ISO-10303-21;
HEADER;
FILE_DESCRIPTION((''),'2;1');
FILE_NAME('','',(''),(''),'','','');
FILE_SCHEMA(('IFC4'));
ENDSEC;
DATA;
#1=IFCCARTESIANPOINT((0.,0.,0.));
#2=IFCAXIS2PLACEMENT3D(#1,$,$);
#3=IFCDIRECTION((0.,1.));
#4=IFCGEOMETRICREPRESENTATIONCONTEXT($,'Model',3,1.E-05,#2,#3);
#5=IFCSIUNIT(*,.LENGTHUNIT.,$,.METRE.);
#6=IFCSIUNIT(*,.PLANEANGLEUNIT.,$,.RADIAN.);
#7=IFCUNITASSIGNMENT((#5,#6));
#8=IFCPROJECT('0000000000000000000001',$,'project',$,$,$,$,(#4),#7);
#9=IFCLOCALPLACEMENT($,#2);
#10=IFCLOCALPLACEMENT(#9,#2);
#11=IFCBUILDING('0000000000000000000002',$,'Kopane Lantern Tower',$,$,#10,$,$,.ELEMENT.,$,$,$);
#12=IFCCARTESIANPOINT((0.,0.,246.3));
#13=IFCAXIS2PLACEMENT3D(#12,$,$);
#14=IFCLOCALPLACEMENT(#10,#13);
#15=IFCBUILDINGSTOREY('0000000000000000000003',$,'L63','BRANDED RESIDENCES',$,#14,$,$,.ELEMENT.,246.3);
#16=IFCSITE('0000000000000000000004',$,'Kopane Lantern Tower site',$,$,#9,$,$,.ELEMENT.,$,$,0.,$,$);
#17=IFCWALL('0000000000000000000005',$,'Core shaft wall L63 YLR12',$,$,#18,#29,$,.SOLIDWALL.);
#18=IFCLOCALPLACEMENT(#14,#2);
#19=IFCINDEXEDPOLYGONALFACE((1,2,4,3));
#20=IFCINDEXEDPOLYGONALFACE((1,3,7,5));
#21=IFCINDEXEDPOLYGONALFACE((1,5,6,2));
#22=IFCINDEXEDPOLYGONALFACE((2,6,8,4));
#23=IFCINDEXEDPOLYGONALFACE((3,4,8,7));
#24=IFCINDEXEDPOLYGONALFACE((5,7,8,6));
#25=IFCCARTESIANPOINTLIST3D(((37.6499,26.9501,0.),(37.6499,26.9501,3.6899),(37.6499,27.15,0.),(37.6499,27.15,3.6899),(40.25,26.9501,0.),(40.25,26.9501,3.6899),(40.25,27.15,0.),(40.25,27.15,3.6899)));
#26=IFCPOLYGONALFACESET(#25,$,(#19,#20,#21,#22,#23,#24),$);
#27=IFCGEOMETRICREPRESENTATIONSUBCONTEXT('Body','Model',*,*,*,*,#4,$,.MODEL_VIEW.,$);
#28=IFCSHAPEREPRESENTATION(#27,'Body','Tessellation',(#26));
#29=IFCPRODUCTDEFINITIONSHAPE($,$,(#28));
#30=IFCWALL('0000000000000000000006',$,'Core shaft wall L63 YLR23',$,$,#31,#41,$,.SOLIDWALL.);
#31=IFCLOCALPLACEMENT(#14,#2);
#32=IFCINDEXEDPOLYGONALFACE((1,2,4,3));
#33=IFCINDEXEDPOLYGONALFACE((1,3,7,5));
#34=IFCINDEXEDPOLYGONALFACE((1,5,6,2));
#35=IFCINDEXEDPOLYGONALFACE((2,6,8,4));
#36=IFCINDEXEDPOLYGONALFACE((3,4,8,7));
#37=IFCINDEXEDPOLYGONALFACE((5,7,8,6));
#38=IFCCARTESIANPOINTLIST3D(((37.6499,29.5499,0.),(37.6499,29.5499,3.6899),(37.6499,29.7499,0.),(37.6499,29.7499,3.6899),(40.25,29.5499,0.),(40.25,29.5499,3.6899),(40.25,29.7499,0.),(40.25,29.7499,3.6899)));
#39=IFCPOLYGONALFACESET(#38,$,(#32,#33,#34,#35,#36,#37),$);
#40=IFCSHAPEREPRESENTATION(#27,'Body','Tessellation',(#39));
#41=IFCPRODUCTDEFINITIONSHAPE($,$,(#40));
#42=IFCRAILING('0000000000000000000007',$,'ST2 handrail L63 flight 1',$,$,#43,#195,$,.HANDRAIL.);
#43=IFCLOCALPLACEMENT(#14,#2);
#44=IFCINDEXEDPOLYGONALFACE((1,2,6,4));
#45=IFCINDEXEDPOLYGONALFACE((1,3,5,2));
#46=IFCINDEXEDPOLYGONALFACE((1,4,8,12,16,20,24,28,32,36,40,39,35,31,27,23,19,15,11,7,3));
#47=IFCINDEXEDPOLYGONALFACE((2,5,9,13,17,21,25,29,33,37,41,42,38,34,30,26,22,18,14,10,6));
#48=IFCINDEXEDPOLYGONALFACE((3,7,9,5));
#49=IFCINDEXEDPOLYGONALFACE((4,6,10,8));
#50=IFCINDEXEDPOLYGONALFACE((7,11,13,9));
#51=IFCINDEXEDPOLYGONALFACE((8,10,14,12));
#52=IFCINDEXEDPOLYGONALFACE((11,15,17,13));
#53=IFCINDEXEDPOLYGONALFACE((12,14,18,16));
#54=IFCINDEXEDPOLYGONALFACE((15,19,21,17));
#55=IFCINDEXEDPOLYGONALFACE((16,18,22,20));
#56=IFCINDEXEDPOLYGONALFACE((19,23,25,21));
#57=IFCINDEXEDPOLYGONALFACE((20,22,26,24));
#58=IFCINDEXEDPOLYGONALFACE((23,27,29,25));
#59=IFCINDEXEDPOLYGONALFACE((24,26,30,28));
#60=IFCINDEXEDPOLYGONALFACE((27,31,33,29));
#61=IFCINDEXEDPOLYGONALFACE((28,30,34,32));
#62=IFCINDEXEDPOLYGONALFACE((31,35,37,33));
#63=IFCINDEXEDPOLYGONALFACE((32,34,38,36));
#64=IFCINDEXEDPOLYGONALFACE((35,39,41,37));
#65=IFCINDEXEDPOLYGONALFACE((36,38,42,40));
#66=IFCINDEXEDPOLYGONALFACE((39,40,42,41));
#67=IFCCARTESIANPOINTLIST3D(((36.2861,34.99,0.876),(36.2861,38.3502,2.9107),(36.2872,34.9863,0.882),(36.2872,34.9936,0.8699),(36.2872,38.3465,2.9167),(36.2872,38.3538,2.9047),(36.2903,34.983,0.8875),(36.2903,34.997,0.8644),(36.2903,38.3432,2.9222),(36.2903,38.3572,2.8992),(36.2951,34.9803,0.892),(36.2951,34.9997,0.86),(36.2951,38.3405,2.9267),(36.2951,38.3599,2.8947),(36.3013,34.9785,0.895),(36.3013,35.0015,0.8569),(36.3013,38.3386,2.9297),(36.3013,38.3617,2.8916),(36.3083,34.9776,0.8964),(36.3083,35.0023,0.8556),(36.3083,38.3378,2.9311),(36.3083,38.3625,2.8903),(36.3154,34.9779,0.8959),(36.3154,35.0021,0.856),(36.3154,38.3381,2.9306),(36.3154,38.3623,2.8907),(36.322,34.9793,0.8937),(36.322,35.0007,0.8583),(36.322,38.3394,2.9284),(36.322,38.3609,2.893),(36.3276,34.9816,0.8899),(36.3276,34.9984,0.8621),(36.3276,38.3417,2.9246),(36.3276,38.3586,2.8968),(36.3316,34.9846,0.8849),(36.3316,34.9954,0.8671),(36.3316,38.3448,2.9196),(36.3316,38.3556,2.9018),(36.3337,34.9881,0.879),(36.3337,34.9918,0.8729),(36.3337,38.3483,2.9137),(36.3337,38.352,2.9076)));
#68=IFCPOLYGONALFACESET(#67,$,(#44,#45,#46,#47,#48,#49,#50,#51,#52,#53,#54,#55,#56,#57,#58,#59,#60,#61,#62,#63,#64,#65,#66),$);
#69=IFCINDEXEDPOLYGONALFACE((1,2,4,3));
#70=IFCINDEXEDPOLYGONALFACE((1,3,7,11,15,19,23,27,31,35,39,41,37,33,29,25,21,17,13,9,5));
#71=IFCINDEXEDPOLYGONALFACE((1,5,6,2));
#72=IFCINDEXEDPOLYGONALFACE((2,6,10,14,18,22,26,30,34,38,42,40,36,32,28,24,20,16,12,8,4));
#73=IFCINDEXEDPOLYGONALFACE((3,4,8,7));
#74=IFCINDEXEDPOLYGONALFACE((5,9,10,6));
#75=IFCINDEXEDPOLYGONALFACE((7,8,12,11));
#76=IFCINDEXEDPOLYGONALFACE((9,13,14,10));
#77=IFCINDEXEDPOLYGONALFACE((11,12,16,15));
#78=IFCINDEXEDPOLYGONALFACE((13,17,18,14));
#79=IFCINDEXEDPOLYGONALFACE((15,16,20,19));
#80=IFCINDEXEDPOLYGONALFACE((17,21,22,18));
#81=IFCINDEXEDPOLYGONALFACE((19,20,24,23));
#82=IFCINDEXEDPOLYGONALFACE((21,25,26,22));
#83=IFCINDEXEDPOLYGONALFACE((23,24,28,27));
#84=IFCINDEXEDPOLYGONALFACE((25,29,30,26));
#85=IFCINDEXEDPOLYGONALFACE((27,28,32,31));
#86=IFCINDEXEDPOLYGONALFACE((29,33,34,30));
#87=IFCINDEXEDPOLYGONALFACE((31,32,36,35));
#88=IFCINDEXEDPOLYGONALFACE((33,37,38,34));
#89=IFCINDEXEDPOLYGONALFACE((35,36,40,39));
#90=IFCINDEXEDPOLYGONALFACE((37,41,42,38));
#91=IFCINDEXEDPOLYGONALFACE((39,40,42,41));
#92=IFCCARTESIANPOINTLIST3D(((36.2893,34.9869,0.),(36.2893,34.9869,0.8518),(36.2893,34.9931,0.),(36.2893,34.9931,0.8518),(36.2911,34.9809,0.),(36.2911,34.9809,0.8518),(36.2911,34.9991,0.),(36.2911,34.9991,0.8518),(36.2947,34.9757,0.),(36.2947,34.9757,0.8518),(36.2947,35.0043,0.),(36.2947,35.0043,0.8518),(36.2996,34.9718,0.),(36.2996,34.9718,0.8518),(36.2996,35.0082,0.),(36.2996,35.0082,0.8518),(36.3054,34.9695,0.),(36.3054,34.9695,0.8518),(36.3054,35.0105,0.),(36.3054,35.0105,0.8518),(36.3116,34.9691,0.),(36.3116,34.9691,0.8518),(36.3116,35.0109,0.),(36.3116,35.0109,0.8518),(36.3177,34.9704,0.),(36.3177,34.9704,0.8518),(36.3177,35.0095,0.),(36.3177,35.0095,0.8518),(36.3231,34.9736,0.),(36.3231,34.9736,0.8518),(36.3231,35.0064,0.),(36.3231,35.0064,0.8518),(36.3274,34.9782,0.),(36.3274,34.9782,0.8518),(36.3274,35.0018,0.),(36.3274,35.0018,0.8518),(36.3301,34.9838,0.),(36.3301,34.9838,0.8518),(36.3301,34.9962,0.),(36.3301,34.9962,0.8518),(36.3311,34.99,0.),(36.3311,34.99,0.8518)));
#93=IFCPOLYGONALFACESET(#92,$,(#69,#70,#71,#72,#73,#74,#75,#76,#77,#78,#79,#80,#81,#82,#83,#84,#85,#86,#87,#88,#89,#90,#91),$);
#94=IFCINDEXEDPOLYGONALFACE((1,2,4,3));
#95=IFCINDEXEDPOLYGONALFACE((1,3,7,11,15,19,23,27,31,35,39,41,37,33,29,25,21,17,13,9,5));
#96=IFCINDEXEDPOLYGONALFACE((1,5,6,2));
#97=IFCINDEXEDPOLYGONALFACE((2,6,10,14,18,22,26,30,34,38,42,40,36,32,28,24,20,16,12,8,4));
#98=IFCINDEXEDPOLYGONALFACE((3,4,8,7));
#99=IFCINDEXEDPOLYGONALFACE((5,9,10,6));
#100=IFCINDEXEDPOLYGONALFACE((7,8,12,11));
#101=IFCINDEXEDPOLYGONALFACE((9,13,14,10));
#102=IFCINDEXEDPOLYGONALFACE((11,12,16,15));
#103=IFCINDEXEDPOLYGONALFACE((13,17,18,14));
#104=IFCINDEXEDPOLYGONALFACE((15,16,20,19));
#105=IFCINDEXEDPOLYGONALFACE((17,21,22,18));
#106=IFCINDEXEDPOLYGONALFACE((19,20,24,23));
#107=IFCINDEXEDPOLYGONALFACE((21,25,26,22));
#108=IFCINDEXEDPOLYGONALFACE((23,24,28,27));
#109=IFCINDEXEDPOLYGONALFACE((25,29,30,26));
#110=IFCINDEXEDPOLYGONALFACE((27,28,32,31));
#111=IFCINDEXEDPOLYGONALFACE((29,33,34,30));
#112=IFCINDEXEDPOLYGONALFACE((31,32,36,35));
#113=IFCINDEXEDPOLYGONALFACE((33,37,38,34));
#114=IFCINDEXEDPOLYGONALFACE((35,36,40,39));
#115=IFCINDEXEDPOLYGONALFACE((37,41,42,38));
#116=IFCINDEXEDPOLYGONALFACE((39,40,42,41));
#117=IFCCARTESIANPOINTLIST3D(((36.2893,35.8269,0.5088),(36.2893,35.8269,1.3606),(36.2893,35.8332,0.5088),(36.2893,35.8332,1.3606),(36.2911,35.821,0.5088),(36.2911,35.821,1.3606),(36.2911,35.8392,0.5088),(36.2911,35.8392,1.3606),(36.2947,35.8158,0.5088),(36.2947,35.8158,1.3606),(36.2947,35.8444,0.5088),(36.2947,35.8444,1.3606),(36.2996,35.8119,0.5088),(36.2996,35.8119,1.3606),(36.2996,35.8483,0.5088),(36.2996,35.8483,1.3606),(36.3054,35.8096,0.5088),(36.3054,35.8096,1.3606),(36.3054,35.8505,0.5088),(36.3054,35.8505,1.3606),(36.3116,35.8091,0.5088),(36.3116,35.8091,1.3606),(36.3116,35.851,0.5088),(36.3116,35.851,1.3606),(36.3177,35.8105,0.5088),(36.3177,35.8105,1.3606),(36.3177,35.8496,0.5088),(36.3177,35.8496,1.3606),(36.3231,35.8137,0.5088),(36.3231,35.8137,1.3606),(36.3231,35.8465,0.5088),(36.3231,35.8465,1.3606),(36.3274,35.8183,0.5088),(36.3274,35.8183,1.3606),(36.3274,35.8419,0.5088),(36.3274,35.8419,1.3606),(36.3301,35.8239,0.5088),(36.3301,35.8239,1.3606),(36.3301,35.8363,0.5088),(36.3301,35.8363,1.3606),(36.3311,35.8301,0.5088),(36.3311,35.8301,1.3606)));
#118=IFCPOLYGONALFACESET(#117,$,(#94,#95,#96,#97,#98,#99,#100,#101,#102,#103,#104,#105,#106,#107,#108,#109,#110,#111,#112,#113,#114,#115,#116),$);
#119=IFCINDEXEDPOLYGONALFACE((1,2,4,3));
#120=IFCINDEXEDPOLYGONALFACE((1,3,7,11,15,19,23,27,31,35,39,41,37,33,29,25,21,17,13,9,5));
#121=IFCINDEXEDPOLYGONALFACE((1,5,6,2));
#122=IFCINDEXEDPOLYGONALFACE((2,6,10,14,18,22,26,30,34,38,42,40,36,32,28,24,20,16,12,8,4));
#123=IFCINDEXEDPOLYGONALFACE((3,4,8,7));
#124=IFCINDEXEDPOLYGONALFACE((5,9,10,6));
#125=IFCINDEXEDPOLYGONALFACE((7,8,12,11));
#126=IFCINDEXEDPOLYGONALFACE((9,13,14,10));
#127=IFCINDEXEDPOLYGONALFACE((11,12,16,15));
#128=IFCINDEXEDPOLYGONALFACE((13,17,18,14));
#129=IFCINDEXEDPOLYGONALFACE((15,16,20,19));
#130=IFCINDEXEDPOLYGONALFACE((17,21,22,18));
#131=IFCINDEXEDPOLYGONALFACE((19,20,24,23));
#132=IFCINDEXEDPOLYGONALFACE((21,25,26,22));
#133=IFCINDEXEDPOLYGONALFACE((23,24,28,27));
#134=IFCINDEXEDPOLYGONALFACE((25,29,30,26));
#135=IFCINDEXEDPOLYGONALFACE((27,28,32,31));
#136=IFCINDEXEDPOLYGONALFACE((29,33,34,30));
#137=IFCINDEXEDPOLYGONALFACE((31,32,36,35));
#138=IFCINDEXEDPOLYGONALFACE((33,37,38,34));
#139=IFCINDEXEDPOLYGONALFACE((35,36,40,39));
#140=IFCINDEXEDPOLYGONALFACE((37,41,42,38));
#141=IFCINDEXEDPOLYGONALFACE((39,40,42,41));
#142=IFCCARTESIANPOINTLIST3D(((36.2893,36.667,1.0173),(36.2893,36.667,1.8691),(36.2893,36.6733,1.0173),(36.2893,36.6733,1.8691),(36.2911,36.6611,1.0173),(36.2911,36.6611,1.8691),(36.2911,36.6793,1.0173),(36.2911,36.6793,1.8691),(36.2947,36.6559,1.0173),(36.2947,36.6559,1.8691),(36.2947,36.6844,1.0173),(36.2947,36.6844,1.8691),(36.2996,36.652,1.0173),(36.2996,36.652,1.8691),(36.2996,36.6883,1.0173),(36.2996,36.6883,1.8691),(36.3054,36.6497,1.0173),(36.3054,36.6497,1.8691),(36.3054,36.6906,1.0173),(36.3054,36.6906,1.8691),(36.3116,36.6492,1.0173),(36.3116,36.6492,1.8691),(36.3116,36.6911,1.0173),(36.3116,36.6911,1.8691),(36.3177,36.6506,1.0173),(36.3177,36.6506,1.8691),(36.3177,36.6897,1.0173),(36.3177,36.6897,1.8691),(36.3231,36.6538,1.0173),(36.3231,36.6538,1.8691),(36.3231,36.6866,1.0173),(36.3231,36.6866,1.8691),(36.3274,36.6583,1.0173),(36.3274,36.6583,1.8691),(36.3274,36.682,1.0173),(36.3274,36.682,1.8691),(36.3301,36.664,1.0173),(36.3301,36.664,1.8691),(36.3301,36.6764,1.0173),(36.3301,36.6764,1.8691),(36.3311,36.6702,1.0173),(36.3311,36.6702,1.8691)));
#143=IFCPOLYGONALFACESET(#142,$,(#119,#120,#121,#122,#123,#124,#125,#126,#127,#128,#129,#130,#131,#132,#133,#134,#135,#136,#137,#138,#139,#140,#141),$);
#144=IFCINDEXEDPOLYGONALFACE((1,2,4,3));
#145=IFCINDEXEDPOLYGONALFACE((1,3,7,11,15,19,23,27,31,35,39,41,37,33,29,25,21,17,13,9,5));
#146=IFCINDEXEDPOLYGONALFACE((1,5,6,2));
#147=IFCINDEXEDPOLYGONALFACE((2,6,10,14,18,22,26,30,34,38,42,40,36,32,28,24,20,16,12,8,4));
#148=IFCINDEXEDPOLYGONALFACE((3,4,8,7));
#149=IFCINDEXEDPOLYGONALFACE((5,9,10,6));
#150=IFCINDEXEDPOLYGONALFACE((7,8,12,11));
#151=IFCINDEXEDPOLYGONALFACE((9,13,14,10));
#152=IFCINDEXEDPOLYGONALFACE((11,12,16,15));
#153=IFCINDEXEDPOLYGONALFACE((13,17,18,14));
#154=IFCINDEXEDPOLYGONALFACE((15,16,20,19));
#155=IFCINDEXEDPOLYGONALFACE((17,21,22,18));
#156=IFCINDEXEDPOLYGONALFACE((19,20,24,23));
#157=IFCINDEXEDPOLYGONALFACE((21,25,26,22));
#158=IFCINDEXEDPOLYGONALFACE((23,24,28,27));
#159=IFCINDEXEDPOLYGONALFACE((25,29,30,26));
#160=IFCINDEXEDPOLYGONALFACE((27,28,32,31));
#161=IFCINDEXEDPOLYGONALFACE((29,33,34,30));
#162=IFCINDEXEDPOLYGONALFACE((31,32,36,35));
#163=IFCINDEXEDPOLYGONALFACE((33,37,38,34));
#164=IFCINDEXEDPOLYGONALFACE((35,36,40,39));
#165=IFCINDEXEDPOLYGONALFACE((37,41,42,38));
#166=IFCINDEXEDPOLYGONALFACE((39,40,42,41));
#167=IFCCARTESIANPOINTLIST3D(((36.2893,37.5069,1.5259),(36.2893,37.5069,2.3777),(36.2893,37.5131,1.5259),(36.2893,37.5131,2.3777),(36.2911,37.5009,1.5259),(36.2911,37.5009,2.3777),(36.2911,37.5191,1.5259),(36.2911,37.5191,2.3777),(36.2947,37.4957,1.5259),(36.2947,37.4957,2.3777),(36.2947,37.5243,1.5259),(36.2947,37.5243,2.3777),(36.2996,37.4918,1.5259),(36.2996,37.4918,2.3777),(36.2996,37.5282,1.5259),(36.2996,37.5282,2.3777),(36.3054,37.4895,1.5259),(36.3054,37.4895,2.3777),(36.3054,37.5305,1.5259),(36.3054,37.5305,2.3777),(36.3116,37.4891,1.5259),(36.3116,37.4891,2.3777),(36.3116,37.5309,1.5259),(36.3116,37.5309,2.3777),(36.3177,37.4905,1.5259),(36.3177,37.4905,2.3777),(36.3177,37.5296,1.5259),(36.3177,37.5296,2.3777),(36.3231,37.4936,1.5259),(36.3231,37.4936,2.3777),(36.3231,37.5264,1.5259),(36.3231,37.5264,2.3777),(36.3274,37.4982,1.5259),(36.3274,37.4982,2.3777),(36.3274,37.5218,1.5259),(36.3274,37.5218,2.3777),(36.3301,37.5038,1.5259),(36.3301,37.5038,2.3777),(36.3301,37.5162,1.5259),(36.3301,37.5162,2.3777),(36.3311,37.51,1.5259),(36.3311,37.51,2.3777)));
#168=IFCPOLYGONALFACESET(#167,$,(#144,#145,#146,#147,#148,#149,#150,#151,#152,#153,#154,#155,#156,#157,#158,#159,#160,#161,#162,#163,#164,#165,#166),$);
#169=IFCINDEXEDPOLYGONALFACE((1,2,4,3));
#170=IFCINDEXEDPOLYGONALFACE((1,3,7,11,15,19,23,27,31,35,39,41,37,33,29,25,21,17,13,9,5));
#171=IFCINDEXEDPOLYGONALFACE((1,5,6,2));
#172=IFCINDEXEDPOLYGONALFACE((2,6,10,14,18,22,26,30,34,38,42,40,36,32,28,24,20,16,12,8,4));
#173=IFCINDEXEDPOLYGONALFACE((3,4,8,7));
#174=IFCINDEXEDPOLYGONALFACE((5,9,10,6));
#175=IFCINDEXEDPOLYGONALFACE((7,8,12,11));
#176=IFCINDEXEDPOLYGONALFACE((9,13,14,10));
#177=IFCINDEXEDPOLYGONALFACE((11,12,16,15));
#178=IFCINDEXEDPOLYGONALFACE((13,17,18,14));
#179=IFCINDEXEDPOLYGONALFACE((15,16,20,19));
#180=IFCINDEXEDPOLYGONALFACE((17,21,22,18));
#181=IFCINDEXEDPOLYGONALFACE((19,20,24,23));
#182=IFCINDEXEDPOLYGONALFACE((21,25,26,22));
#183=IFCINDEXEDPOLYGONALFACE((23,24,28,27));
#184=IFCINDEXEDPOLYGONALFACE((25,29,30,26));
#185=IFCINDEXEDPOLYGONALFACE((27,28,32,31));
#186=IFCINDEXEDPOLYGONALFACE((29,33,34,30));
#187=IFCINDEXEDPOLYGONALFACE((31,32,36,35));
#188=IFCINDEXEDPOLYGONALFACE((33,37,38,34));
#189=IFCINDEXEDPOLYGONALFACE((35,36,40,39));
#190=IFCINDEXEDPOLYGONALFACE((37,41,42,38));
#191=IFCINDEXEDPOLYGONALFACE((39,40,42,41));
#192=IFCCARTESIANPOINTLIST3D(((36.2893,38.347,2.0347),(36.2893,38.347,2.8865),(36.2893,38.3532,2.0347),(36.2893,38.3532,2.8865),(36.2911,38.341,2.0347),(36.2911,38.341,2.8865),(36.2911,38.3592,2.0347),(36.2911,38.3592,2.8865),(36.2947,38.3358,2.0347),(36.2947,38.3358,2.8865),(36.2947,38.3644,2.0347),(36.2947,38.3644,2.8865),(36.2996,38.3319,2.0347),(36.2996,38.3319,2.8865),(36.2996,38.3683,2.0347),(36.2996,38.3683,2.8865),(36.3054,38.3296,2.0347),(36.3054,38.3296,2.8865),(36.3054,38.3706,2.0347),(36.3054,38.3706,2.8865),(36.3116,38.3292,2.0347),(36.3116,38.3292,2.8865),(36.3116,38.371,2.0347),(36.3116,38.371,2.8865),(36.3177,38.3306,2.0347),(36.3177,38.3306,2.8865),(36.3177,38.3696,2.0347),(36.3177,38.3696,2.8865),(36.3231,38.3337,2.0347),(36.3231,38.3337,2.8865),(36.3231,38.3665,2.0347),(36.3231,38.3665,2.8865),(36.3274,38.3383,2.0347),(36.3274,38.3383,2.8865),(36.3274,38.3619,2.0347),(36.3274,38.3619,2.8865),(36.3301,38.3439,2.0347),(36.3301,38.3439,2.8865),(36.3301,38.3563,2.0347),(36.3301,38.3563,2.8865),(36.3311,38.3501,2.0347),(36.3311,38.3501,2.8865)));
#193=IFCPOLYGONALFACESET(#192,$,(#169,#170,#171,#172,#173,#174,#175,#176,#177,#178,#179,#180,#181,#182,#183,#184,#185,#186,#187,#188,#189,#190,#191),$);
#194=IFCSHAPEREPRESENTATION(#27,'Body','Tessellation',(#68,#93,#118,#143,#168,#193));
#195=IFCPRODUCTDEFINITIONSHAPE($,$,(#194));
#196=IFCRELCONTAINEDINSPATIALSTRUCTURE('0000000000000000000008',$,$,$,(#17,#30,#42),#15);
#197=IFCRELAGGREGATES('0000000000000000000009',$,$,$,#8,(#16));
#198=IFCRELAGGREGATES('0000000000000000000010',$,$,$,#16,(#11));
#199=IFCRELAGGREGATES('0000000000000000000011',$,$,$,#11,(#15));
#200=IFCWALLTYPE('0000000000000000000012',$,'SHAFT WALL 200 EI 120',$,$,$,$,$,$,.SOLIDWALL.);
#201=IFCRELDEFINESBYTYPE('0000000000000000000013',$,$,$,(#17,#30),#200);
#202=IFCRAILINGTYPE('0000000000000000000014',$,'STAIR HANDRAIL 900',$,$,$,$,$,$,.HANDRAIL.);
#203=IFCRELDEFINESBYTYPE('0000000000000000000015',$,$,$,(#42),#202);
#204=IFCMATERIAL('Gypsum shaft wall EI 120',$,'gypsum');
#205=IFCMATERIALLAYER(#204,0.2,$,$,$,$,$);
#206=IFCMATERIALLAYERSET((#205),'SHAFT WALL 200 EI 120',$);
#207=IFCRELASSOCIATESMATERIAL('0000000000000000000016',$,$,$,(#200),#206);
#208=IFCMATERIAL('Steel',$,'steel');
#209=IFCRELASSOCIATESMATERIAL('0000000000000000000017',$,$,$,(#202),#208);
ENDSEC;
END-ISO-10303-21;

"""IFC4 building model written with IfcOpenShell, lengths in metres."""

from ifc_helpers import new_model, si_unit, direction, frame, frame_2d, origin, origin_2d, place, context, subcontext, project, spatial, rectangle, circle, extrude, material, layer, layer_set, type_object, element, save


model = new_model("IFC4")

# Units and contexts
model_context = context("Model", 3, precision=1e-05, world=origin(), true_north=direction((0.0, 1.0)))
body_context = subcontext(model_context, "Body", "Model", "MODEL_VIEW")
ifc_project = project(units=[si_unit("LENGTHUNIT", "METRE"), si_unit("PLANEANGLEUNIT", "RADIAN")], contexts=[model_context])

# Site, building, storey
site_placement = place(None, origin())
site = spatial("IfcSite", under=ifc_project, at=site_placement, Name="Kopane Lantern Tower site", CompositionType="ELEMENT", RefElevation=0.0)
building_placement = place(site_placement, origin())
building = spatial("IfcBuilding", under=site, at=building_placement, Name="Kopane Lantern Tower", CompositionType="ELEMENT")
storey_placement = place(building_placement, frame((0.0, 0.0, 246.3)))
storey = spatial("IfcBuildingStorey", under=building, at=storey_placement, Name="L63", Description="BRANDED RESIDENCES", CompositionType="ELEMENT", Elevation=246.3)

# Shared definitions
ifc_material_1 = material(Name="Gypsum shaft wall EI 120", Category="gypsum")
ifc_layer_1 = layer(ifc_material_1, 0.2)
ifc_layer_set_1 = layer_set([ifc_layer_1], Name="SHAFT WALL 200 EI 120")
wall_type_1 = type_object("IfcWallType", Name="SHAFT WALL 200 EI 120", PredefinedType="SOLIDWALL", material=ifc_layer_set_1)

# Walls
for number, where, z_axis, x_axis, name in (
    (1, (37.6499, 27.05, 0.0), (0.0, 0.0, 1.0), (1.0, 0.0, 0.0), "Core shaft wall L63 YLR12"),
    (2, (37.6499, 29.6499, 0.0), (0.0, 0.0, 1.0), (1.0, 0.0, 0.0), "Core shaft wall L63 YLR23"),
):
    element("IfcWall", number, at=place(storey_placement, frame(where, z_axis=z_axis, x_axis=x_axis)), inside=storey, type_object=wall_type_1, Name=name, PredefinedType="SOLIDWALL", context=body_context, shape_type="SweptSolid", body=[
        extrude(rectangle(XDim=2.6001, YDim=0.2, at=frame_2d((1.3, 0.0))), origin(), (0.0, 0.0, 1.0), 3.6899),
    ])

# Railing
ifc_material_2 = material(Name="Steel", Category="steel")
railing_type_1 = type_object("IfcRailingType", Name="STAIR HANDRAIL 900", PredefinedType="HANDRAIL", material=ifc_material_2)
for number, where, name in (
    (3, (36.3101, 34.99, 0.0), "ST2 handrail L63 flight 1"),
):
    element("IfcRailing", number, at=place(storey_placement, frame(where)), inside=storey, type_object=railing_type_1, Name=name, PredefinedType="HANDRAIL", context=body_context, shape_type="SweptSolid", body=[
        extrude(circle(Radius=0.0239, at=origin_2d()), frame((0.0, 0.0, 0.876), z_axis=(0.0, 0.855396, 0.517974), x_axis=(-1.0, 0.0, 0.0)), (0.0, 0.0, 1.0), 3.9282),
        extrude(circle(Radius=0.021, at=origin_2d()), origin(), (0.0, 0.0, 1.0), 0.8518),
        extrude(circle(Radius=0.021, at=origin_2d()), frame((0.0, 0.8401, 0.5088)), (0.0, 0.0, 1.0), 0.8518),
        extrude(circle(Radius=0.021, at=origin_2d()), frame((0.0, 1.6802, 1.0173)), (0.0, 0.0, 1.0), 0.8518),
        extrude(circle(Radius=0.021, at=origin_2d()), frame((0.0, 2.52, 1.5259)), (0.0, 0.0, 1.0), 0.8518),
        extrude(circle(Radius=0.021, at=origin_2d()), frame((0.0, 3.3601, 2.0347)), (0.0, 0.0, 1.0), 0.8518),
    ])

save(model, "model.ifc")
